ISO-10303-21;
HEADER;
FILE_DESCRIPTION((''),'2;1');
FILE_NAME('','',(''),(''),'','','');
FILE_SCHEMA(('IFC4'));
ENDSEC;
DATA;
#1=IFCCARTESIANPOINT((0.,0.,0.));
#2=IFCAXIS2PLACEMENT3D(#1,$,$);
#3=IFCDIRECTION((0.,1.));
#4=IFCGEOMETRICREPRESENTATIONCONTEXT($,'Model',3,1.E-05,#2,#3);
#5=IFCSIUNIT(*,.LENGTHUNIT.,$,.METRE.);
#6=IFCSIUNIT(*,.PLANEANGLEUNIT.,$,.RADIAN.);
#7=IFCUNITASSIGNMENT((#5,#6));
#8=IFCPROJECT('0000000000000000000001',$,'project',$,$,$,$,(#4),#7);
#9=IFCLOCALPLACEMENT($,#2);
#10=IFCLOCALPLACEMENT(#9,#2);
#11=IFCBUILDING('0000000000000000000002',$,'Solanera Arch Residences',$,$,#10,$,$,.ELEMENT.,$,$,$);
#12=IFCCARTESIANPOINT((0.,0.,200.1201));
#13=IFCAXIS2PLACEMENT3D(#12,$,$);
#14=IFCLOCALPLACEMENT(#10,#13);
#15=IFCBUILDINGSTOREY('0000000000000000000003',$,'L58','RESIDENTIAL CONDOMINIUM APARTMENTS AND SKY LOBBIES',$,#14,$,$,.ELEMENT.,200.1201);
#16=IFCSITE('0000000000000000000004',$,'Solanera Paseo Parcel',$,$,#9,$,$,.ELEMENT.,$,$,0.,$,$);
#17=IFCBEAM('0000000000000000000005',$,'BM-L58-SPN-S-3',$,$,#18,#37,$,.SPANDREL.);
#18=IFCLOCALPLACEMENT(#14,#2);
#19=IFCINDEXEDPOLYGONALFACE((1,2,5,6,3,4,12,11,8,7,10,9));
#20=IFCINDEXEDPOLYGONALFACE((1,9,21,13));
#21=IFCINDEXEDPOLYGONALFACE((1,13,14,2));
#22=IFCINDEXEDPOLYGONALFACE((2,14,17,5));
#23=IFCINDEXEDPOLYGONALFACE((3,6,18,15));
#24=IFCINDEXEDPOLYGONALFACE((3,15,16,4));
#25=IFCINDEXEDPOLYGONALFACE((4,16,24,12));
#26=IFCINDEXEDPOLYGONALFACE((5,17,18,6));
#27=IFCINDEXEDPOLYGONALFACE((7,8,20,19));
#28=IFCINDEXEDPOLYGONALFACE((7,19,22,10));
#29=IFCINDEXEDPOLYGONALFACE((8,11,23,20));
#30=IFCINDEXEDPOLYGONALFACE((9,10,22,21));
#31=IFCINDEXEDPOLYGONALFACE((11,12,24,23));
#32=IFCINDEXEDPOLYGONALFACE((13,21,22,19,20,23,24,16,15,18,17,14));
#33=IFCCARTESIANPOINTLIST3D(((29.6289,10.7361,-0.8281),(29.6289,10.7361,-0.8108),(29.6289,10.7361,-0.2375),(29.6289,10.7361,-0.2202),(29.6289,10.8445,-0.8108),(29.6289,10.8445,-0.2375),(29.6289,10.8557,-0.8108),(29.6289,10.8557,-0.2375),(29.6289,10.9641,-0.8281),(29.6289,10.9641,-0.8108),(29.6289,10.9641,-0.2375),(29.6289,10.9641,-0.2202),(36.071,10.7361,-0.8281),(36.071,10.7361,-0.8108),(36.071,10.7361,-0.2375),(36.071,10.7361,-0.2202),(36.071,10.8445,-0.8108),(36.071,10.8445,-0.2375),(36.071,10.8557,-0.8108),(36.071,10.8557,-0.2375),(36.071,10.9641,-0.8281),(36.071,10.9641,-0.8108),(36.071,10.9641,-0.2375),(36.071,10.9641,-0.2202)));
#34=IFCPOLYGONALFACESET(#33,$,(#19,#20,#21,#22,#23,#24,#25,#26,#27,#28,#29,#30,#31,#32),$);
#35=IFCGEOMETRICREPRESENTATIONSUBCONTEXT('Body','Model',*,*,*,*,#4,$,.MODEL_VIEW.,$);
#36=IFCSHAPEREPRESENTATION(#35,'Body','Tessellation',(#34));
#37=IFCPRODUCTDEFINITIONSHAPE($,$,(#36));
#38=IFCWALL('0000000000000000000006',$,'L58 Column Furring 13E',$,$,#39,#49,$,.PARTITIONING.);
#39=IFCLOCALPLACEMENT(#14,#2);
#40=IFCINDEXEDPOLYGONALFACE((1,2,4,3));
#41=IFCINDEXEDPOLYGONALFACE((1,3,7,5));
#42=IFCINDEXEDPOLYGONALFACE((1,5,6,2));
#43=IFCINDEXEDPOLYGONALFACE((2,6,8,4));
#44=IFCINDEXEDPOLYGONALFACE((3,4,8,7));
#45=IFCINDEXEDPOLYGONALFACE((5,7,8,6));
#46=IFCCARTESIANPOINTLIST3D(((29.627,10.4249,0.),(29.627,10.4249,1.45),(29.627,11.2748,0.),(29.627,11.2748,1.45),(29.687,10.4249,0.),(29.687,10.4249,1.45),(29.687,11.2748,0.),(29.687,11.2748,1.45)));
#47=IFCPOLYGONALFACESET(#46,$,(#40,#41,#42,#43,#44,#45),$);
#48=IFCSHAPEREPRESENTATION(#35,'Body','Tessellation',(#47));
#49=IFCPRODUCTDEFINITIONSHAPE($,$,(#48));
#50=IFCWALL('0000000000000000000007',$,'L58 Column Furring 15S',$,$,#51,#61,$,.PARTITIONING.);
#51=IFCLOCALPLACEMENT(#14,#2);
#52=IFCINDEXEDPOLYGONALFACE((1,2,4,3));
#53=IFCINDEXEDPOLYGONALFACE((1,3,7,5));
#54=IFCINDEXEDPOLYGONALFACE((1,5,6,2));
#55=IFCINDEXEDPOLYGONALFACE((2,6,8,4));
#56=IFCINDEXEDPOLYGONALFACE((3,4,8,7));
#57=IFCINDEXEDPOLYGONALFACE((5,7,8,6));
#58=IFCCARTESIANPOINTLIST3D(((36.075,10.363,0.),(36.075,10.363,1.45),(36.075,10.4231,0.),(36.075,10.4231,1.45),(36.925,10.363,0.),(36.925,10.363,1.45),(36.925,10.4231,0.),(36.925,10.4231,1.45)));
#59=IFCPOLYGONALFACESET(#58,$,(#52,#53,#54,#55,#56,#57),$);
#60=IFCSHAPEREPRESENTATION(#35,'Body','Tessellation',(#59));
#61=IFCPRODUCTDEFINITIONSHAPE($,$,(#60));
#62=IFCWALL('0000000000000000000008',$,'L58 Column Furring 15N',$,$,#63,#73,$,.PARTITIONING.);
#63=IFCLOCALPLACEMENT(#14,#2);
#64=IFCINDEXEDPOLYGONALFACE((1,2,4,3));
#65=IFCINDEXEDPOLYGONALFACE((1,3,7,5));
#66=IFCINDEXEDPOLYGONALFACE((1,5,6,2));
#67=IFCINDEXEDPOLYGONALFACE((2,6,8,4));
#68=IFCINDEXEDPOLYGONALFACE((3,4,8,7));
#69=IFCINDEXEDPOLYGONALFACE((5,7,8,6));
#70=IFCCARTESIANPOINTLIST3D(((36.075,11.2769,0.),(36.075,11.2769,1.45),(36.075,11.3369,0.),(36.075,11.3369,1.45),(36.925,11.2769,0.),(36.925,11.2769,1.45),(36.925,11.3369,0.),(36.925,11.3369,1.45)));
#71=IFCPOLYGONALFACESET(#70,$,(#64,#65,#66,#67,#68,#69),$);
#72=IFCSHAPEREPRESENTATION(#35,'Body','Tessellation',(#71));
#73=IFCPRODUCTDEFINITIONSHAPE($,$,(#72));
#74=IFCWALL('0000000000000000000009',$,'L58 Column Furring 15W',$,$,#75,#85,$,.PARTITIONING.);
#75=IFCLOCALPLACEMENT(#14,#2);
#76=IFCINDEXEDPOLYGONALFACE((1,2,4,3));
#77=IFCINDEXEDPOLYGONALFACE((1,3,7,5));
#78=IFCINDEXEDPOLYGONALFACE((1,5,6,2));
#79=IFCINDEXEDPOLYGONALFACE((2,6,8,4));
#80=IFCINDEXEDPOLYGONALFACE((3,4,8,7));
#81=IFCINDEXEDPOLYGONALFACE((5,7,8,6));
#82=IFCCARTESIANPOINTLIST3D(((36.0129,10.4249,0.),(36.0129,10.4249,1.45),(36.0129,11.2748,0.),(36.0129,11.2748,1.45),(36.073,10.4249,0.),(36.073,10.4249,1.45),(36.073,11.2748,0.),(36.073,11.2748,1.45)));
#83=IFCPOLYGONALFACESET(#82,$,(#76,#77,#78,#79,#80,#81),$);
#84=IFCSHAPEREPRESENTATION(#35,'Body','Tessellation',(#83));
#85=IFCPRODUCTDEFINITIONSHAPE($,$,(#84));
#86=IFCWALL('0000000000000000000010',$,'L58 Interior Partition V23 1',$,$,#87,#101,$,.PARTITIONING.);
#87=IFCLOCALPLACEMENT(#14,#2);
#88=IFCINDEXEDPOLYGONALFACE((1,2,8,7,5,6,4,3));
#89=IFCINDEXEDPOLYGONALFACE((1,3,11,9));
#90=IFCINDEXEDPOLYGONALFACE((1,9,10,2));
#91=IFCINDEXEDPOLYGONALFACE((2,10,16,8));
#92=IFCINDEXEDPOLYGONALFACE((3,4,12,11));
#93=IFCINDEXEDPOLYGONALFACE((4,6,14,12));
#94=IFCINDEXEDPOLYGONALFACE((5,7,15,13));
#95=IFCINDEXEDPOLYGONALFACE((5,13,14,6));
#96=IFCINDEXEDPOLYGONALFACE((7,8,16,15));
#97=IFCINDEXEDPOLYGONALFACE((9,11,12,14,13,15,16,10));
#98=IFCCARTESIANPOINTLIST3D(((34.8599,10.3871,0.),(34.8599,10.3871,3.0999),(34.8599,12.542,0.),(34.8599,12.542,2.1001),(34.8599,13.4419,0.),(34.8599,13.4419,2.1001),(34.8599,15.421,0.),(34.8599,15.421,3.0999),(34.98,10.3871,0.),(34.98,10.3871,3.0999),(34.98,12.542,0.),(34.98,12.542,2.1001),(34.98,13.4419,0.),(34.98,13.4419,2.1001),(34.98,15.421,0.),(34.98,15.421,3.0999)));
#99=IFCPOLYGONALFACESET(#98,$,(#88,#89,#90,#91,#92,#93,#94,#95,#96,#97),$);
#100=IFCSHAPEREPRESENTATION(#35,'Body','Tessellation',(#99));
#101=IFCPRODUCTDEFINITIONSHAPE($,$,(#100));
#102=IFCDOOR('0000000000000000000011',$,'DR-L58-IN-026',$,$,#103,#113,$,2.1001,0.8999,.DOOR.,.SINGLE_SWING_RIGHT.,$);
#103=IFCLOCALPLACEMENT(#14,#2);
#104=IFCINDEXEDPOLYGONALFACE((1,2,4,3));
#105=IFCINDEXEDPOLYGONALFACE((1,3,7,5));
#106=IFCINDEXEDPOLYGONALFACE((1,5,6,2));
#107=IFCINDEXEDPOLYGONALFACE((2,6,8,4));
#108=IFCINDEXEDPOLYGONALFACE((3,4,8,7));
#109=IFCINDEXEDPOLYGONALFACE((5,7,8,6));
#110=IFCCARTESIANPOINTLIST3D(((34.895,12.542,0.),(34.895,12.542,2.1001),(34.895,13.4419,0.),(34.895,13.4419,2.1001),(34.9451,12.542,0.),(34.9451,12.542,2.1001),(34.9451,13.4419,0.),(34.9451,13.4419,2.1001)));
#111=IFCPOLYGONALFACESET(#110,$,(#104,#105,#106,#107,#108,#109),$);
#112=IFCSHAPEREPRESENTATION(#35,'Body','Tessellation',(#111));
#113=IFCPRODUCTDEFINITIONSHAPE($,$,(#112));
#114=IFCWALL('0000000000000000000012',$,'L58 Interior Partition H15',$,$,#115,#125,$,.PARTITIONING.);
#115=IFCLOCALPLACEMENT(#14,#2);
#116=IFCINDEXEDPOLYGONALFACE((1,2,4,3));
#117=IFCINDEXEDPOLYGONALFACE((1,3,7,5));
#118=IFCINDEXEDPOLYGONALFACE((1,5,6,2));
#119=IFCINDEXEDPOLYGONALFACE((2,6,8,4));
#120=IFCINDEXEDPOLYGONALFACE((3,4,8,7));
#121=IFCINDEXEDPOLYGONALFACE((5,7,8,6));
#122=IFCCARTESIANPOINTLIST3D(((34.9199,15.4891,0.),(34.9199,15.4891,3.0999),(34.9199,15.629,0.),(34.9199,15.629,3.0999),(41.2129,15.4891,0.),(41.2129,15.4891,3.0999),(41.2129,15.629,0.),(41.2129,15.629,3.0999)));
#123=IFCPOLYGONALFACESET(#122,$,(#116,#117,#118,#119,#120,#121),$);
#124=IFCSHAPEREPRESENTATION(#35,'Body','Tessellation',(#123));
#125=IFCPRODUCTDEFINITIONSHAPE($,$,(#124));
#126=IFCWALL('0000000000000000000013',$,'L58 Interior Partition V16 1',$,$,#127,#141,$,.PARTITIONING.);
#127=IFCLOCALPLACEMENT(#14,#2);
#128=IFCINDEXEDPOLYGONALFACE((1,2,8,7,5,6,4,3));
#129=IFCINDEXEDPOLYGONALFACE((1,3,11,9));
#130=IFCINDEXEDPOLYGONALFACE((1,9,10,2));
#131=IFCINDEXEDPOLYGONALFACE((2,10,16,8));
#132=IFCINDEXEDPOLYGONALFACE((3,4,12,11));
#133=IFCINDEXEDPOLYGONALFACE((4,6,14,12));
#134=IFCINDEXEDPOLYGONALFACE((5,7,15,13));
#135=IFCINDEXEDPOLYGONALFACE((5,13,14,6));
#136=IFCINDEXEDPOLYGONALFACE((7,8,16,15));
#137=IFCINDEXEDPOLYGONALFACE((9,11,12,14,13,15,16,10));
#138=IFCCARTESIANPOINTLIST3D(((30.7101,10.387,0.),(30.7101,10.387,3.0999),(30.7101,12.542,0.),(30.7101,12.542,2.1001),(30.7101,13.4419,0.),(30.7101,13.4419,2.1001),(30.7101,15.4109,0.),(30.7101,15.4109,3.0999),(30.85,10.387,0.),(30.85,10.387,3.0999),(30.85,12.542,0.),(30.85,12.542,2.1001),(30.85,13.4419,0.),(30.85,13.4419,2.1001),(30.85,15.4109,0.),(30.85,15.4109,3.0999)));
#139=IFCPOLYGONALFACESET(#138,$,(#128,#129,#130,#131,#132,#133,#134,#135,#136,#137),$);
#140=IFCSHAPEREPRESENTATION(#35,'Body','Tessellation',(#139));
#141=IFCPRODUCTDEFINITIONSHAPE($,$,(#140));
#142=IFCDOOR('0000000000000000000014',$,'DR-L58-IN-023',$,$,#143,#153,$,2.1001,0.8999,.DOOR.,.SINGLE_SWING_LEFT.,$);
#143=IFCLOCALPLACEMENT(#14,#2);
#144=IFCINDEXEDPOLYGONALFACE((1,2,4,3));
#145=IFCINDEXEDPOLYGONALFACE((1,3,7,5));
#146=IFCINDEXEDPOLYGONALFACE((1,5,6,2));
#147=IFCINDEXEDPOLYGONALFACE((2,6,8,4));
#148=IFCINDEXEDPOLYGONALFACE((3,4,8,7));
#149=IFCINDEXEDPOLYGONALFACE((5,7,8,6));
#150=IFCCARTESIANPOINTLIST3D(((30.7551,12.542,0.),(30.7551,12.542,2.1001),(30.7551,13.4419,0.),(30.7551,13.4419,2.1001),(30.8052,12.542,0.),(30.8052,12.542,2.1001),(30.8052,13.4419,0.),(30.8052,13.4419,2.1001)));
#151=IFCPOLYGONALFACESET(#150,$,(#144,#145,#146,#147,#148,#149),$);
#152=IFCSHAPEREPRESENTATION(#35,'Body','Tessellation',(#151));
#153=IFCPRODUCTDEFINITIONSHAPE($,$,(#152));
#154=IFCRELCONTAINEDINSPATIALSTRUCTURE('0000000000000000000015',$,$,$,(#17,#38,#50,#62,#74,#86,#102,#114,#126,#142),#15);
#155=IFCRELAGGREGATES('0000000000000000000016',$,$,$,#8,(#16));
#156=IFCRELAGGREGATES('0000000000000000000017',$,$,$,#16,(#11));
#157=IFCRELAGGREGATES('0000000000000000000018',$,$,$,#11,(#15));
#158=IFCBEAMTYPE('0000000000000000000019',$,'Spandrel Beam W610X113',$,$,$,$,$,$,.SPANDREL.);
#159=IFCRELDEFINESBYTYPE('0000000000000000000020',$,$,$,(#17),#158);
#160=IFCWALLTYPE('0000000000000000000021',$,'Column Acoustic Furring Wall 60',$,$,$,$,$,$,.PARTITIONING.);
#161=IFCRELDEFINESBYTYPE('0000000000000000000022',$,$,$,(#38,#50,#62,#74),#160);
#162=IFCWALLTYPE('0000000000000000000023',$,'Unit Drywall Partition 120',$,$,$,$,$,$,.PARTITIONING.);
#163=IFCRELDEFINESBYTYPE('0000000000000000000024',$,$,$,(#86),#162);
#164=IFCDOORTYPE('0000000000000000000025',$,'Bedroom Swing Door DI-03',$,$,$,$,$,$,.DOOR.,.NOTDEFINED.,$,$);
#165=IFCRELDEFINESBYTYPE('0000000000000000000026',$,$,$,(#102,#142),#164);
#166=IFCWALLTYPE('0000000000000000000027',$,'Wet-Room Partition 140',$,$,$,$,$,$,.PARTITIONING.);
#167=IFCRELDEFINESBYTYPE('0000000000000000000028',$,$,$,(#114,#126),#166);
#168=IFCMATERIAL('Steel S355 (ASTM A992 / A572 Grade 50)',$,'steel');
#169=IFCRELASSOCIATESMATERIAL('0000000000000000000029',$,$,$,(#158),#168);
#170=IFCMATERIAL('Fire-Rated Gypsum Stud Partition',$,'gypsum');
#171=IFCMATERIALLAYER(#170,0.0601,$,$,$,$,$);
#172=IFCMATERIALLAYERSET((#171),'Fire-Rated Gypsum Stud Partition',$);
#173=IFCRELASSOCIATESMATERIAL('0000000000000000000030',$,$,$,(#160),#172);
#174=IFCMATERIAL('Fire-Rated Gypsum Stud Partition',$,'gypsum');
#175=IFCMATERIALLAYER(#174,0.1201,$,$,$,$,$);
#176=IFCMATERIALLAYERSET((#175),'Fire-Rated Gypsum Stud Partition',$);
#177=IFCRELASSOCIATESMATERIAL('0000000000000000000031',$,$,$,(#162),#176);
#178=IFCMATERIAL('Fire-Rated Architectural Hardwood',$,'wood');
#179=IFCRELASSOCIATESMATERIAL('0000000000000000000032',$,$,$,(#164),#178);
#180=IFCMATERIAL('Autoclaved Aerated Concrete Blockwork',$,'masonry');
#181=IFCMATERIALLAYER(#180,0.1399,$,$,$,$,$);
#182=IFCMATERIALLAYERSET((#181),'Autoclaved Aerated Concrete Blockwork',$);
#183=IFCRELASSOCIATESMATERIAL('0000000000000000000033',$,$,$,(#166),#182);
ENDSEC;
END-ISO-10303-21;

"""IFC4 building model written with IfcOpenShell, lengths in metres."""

from ifc_helpers import new_model, si_unit, direction, frame, frame_2d, origin, origin_2d, place, context, subcontext, project, spatial, rectangle, i_section, extrude, material, layer, layer_set, material_profile, profile_set, type_object, element, fill, save


model = new_model("IFC4")

# Units and contexts
model_context = context("Model", 3, precision=1e-05, world=origin(), true_north=direction((0.0, 1.0)))
body_context = subcontext(model_context, "Body", "Model", "MODEL_VIEW")
ifc_project = project(units=[si_unit("LENGTHUNIT", "METRE"), si_unit("PLANEANGLEUNIT", "RADIAN")], contexts=[model_context])

# Site, building, storey
site_placement = place(None, origin())
site = spatial("IfcSite", under=ifc_project, at=site_placement, Name="Solanera Paseo Parcel", CompositionType="ELEMENT", RefElevation=0.0)
building_placement = place(site_placement, origin())
building = spatial("IfcBuilding", under=site, at=building_placement, Name="Solanera Arch Residences", CompositionType="ELEMENT")
storey_placement = place(building_placement, frame((0.0, 0.0, 200.1201)))
storey = spatial("IfcBuildingStorey", under=building, at=storey_placement, Name="L58", Description="RESIDENTIAL CONDOMINIUM APARTMENTS AND SKY LOBBIES", CompositionType="ELEMENT", Elevation=200.1201)

# Beam
ifc_material_1 = material(Name="Steel S355 (ASTM A992 / A572 Grade 50)", Category="steel")
ifc_material_profile = material_profile(ifc_material_1, i_section(OverallWidth=0.228, OverallDepth=0.6079, WebThickness=0.0112, FlangeThickness=0.0173, at=origin_2d()))
ifc_profile_set = profile_set([ifc_material_profile], Name="Steel S355 (ASTM A992 / A572 Grade 50)")
beam_type = type_object("IfcBeamType", Name="Spandrel Beam W610X113", PredefinedType="SPANDREL", material=ifc_profile_set)
beam_placement = place(storey_placement, frame((29.6289, 10.8501, -0.5242), z_axis=(1.0, 0.0, 0.0), x_axis=(0.0, 1.0, 0.0)))
element("IfcBeam", 1, at=beam_placement, inside=storey, type_object=beam_type, Name="BM-L58-SPN-S-3", PredefinedType="SPANDREL", context=body_context, shape_type="SweptSolid", body=[
    extrude(i_section(OverallWidth=0.228, OverallDepth=0.6079, WebThickness=0.0112, FlangeThickness=0.0173, at=origin_2d()), origin(), (0.0, 0.0, 1.0), 6.4421),
])

# Walls
ifc_material_2 = material(Name="Fire-Rated Gypsum Stud Partition", Category="gypsum")
ifc_layer_1 = layer(ifc_material_2, 0.0601)
ifc_layer_set_1 = layer_set([ifc_layer_1], Name="Fire-Rated Gypsum Stud Partition")
wall_type_1 = type_object("IfcWallType", Name="Column Acoustic Furring Wall 60", PredefinedType="PARTITIONING", material=ifc_layer_set_1)
wall_1_placement = place(storey_placement, frame((29.657, 10.425, 0.0), z_axis=(0.0, 0.0, 1.0), x_axis=(0.0, 1.0, 0.0)))
element("IfcWall", 2, at=wall_1_placement, inside=storey, type_object=wall_type_1, Name="L58 Column Furring 13E", PredefinedType="PARTITIONING", context=body_context, shape_type="SweptSolid", body=[
    extrude(rectangle(XDim=0.8499, YDim=0.0601, at=frame_2d((0.4248, 0.0))), origin(), (0.0, 0.0, 1.0), 1.45),
])
for number, where, z_axis, x_axis, name in (
    (3, (36.075, 10.3931, 0.0), (0.0, 0.0, 1.0), (1.0, 0.0, 0.0), "L58 Column Furring 15S"),
    (4, (36.075, 11.3069, 0.0), (0.0, 0.0, 1.0), (1.0, 0.0, 0.0), "L58 Column Furring 15N"),
):
    element("IfcWall", number, at=place(storey_placement, frame(where, z_axis=z_axis, x_axis=x_axis)), inside=storey, type_object=wall_type_1, Name=name, PredefinedType="PARTITIONING", context=body_context, shape_type="SweptSolid", body=[
        extrude(rectangle(XDim=0.8501, YDim=0.0601, at=frame_2d((0.425, 0.0))), origin(), (0.0, 0.0, 1.0), 1.45),
    ])
wall_2_placement = place(storey_placement, frame((36.043, 10.425, 0.0), z_axis=(0.0, 0.0, 1.0), x_axis=(0.0, 1.0, 0.0)))
element("IfcWall", 5, at=wall_2_placement, inside=storey, type_object=wall_type_1, Name="L58 Column Furring 15W", PredefinedType="PARTITIONING", context=body_context, shape_type="SweptSolid", body=[
    extrude(rectangle(XDim=0.8499, YDim=0.0601, at=frame_2d((0.4248, 0.0))), origin(), (0.0, 0.0, 1.0), 1.45),
])

# Wall, opening, door
ifc_material_3 = material(Name="Fire-Rated Gypsum Stud Partition", Category="gypsum")
ifc_layer_2 = layer(ifc_material_3, 0.1201)
ifc_layer_set_2 = layer_set([ifc_layer_2], Name="Fire-Rated Gypsum Stud Partition")
wall_type_2 = type_object("IfcWallType", Name="Unit Drywall Partition 120", PredefinedType="PARTITIONING", material=ifc_layer_set_2)
wall_3_placement = place(storey_placement, frame((34.9199, 10.387, 0.0), z_axis=(0.0, 0.0, 1.0), x_axis=(0.0, 1.0, 0.0)))
wall_3 = element("IfcWall", 6, at=wall_3_placement, inside=storey, type_object=wall_type_2, Name="L58 Interior Partition V23 1", PredefinedType="PARTITIONING", context=body_context, shape_type="SweptSolid", body=[
    extrude(rectangle(XDim=5.0339, YDim=0.1201, at=frame_2d((2.5171, 0.0))), origin(), (0.0, 0.0, 1.0), 3.0999),
])
opening_1_placement = place(wall_3_placement, frame((2.155, 0.0, 0.0)))
opening_1 = element("IfcOpeningElement", 7, at=opening_1_placement, cuts=wall_3, PredefinedType="OPENING", context=body_context, shape_type="SweptSolid", body=[
    extrude(rectangle(XDim=0.8999, YDim=2.1001, at=frame_2d((0.45, 1.05))), frame((0.0, 0.0701, 0.0), z_axis=(0.0, -1.0, 0.0), x_axis=(1.0, 0.0, 0.0)), (0.0, 0.0, 1.0), 0.1401),
])
ifc_material_4 = material(Name="Fire-Rated Architectural Hardwood", Category="wood")
door_type = type_object("IfcDoorType", Name="Bedroom Swing Door DI-03", OperationType="NOTDEFINED", PredefinedType="DOOR", material=ifc_material_4)
door_1_placement = place(opening_1_placement, origin())
door_1 = element("IfcDoor", 8, at=door_1_placement, inside=storey, type_object=door_type, Name="DR-L58-IN-026", OperationType="SINGLE_SWING_RIGHT", OverallHeight=2.1001, OverallWidth=0.8999, PredefinedType="DOOR", context=body_context, shape_type="SweptSolid", body=[
    extrude(rectangle(XDim=0.8999, YDim=2.1001, at=frame_2d((0.45, 1.05))), frame((0.0, 0.0249, 0.0), z_axis=(0.0, -1.0, 0.0), x_axis=(1.0, 0.0, 0.0)), (0.0, 0.0, 1.0), 0.05),
])
fill(opening_1, door_1)

# Wall
ifc_material_5 = material(Name="Autoclaved Aerated Concrete Blockwork", Category="masonry")
ifc_layer_3 = layer(ifc_material_5, 0.1399)
ifc_layer_set_3 = layer_set([ifc_layer_3], Name="Autoclaved Aerated Concrete Blockwork")
wall_type_3 = type_object("IfcWallType", Name="Wet-Room Partition 140", PredefinedType="PARTITIONING", material=ifc_layer_set_3)
wall_4_placement = place(storey_placement, frame((34.9199, 15.5591, 0.0), z_axis=(0.0, 0.0, 1.0), x_axis=(1.0, 0.0, 0.0)))
element("IfcWall", 9, at=wall_4_placement, inside=storey, type_object=wall_type_3, Name="L58 Interior Partition H15", PredefinedType="PARTITIONING", context=body_context, shape_type="SweptSolid", body=[
    extrude(rectangle(XDim=6.293, YDim=0.1399, at=frame_2d((3.1465, 0.0))), origin(), (0.0, 0.0, 1.0), 3.0999),
])

# Wall, opening, door
wall_5_placement = place(storey_placement, frame((30.78, 10.387, 0.0), z_axis=(0.0, 0.0, 1.0), x_axis=(0.0, 1.0, 0.0)))
wall_5 = element("IfcWall", 10, at=wall_5_placement, inside=storey, type_object=wall_type_3, Name="L58 Interior Partition V16 1", PredefinedType="PARTITIONING", context=body_context, shape_type="SweptSolid", body=[
    extrude(rectangle(XDim=5.0239, YDim=0.1399, at=frame_2d((2.512, 0.0))), origin(), (0.0, 0.0, 1.0), 3.0999),
])
opening_2_placement = place(wall_5_placement, frame((2.155, 0.0, 0.0)))
opening_2 = element("IfcOpeningElement", 11, at=opening_2_placement, cuts=wall_5, PredefinedType="OPENING", context=body_context, shape_type="SweptSolid", body=[
    extrude(rectangle(XDim=0.8999, YDim=2.1001, at=frame_2d((0.45, 1.05))), frame((0.0, 0.0798, 0.0), z_axis=(0.0, -1.0, 0.0), x_axis=(1.0, 0.0, 0.0)), (0.0, 0.0, 1.0), 0.1599),
])
door_2_placement = place(opening_2_placement, origin())
door_2 = element("IfcDoor", 12, at=door_2_placement, inside=storey, type_object=door_type, Name="DR-L58-IN-023", OperationType="SINGLE_SWING_LEFT", OverallHeight=2.1001, OverallWidth=0.8999, PredefinedType="DOOR", context=body_context, shape_type="SweptSolid", body=[
    extrude(rectangle(XDim=0.8999, YDim=2.1001, at=frame_2d((0.45, 1.05))), frame((0.0, 0.0249, 0.0), z_axis=(0.0, -1.0, 0.0), x_axis=(1.0, 0.0, 0.0)), (0.0, 0.0, 1.0), 0.05),
])
fill(opening_2, door_2)

save(model, "model.ifc")
